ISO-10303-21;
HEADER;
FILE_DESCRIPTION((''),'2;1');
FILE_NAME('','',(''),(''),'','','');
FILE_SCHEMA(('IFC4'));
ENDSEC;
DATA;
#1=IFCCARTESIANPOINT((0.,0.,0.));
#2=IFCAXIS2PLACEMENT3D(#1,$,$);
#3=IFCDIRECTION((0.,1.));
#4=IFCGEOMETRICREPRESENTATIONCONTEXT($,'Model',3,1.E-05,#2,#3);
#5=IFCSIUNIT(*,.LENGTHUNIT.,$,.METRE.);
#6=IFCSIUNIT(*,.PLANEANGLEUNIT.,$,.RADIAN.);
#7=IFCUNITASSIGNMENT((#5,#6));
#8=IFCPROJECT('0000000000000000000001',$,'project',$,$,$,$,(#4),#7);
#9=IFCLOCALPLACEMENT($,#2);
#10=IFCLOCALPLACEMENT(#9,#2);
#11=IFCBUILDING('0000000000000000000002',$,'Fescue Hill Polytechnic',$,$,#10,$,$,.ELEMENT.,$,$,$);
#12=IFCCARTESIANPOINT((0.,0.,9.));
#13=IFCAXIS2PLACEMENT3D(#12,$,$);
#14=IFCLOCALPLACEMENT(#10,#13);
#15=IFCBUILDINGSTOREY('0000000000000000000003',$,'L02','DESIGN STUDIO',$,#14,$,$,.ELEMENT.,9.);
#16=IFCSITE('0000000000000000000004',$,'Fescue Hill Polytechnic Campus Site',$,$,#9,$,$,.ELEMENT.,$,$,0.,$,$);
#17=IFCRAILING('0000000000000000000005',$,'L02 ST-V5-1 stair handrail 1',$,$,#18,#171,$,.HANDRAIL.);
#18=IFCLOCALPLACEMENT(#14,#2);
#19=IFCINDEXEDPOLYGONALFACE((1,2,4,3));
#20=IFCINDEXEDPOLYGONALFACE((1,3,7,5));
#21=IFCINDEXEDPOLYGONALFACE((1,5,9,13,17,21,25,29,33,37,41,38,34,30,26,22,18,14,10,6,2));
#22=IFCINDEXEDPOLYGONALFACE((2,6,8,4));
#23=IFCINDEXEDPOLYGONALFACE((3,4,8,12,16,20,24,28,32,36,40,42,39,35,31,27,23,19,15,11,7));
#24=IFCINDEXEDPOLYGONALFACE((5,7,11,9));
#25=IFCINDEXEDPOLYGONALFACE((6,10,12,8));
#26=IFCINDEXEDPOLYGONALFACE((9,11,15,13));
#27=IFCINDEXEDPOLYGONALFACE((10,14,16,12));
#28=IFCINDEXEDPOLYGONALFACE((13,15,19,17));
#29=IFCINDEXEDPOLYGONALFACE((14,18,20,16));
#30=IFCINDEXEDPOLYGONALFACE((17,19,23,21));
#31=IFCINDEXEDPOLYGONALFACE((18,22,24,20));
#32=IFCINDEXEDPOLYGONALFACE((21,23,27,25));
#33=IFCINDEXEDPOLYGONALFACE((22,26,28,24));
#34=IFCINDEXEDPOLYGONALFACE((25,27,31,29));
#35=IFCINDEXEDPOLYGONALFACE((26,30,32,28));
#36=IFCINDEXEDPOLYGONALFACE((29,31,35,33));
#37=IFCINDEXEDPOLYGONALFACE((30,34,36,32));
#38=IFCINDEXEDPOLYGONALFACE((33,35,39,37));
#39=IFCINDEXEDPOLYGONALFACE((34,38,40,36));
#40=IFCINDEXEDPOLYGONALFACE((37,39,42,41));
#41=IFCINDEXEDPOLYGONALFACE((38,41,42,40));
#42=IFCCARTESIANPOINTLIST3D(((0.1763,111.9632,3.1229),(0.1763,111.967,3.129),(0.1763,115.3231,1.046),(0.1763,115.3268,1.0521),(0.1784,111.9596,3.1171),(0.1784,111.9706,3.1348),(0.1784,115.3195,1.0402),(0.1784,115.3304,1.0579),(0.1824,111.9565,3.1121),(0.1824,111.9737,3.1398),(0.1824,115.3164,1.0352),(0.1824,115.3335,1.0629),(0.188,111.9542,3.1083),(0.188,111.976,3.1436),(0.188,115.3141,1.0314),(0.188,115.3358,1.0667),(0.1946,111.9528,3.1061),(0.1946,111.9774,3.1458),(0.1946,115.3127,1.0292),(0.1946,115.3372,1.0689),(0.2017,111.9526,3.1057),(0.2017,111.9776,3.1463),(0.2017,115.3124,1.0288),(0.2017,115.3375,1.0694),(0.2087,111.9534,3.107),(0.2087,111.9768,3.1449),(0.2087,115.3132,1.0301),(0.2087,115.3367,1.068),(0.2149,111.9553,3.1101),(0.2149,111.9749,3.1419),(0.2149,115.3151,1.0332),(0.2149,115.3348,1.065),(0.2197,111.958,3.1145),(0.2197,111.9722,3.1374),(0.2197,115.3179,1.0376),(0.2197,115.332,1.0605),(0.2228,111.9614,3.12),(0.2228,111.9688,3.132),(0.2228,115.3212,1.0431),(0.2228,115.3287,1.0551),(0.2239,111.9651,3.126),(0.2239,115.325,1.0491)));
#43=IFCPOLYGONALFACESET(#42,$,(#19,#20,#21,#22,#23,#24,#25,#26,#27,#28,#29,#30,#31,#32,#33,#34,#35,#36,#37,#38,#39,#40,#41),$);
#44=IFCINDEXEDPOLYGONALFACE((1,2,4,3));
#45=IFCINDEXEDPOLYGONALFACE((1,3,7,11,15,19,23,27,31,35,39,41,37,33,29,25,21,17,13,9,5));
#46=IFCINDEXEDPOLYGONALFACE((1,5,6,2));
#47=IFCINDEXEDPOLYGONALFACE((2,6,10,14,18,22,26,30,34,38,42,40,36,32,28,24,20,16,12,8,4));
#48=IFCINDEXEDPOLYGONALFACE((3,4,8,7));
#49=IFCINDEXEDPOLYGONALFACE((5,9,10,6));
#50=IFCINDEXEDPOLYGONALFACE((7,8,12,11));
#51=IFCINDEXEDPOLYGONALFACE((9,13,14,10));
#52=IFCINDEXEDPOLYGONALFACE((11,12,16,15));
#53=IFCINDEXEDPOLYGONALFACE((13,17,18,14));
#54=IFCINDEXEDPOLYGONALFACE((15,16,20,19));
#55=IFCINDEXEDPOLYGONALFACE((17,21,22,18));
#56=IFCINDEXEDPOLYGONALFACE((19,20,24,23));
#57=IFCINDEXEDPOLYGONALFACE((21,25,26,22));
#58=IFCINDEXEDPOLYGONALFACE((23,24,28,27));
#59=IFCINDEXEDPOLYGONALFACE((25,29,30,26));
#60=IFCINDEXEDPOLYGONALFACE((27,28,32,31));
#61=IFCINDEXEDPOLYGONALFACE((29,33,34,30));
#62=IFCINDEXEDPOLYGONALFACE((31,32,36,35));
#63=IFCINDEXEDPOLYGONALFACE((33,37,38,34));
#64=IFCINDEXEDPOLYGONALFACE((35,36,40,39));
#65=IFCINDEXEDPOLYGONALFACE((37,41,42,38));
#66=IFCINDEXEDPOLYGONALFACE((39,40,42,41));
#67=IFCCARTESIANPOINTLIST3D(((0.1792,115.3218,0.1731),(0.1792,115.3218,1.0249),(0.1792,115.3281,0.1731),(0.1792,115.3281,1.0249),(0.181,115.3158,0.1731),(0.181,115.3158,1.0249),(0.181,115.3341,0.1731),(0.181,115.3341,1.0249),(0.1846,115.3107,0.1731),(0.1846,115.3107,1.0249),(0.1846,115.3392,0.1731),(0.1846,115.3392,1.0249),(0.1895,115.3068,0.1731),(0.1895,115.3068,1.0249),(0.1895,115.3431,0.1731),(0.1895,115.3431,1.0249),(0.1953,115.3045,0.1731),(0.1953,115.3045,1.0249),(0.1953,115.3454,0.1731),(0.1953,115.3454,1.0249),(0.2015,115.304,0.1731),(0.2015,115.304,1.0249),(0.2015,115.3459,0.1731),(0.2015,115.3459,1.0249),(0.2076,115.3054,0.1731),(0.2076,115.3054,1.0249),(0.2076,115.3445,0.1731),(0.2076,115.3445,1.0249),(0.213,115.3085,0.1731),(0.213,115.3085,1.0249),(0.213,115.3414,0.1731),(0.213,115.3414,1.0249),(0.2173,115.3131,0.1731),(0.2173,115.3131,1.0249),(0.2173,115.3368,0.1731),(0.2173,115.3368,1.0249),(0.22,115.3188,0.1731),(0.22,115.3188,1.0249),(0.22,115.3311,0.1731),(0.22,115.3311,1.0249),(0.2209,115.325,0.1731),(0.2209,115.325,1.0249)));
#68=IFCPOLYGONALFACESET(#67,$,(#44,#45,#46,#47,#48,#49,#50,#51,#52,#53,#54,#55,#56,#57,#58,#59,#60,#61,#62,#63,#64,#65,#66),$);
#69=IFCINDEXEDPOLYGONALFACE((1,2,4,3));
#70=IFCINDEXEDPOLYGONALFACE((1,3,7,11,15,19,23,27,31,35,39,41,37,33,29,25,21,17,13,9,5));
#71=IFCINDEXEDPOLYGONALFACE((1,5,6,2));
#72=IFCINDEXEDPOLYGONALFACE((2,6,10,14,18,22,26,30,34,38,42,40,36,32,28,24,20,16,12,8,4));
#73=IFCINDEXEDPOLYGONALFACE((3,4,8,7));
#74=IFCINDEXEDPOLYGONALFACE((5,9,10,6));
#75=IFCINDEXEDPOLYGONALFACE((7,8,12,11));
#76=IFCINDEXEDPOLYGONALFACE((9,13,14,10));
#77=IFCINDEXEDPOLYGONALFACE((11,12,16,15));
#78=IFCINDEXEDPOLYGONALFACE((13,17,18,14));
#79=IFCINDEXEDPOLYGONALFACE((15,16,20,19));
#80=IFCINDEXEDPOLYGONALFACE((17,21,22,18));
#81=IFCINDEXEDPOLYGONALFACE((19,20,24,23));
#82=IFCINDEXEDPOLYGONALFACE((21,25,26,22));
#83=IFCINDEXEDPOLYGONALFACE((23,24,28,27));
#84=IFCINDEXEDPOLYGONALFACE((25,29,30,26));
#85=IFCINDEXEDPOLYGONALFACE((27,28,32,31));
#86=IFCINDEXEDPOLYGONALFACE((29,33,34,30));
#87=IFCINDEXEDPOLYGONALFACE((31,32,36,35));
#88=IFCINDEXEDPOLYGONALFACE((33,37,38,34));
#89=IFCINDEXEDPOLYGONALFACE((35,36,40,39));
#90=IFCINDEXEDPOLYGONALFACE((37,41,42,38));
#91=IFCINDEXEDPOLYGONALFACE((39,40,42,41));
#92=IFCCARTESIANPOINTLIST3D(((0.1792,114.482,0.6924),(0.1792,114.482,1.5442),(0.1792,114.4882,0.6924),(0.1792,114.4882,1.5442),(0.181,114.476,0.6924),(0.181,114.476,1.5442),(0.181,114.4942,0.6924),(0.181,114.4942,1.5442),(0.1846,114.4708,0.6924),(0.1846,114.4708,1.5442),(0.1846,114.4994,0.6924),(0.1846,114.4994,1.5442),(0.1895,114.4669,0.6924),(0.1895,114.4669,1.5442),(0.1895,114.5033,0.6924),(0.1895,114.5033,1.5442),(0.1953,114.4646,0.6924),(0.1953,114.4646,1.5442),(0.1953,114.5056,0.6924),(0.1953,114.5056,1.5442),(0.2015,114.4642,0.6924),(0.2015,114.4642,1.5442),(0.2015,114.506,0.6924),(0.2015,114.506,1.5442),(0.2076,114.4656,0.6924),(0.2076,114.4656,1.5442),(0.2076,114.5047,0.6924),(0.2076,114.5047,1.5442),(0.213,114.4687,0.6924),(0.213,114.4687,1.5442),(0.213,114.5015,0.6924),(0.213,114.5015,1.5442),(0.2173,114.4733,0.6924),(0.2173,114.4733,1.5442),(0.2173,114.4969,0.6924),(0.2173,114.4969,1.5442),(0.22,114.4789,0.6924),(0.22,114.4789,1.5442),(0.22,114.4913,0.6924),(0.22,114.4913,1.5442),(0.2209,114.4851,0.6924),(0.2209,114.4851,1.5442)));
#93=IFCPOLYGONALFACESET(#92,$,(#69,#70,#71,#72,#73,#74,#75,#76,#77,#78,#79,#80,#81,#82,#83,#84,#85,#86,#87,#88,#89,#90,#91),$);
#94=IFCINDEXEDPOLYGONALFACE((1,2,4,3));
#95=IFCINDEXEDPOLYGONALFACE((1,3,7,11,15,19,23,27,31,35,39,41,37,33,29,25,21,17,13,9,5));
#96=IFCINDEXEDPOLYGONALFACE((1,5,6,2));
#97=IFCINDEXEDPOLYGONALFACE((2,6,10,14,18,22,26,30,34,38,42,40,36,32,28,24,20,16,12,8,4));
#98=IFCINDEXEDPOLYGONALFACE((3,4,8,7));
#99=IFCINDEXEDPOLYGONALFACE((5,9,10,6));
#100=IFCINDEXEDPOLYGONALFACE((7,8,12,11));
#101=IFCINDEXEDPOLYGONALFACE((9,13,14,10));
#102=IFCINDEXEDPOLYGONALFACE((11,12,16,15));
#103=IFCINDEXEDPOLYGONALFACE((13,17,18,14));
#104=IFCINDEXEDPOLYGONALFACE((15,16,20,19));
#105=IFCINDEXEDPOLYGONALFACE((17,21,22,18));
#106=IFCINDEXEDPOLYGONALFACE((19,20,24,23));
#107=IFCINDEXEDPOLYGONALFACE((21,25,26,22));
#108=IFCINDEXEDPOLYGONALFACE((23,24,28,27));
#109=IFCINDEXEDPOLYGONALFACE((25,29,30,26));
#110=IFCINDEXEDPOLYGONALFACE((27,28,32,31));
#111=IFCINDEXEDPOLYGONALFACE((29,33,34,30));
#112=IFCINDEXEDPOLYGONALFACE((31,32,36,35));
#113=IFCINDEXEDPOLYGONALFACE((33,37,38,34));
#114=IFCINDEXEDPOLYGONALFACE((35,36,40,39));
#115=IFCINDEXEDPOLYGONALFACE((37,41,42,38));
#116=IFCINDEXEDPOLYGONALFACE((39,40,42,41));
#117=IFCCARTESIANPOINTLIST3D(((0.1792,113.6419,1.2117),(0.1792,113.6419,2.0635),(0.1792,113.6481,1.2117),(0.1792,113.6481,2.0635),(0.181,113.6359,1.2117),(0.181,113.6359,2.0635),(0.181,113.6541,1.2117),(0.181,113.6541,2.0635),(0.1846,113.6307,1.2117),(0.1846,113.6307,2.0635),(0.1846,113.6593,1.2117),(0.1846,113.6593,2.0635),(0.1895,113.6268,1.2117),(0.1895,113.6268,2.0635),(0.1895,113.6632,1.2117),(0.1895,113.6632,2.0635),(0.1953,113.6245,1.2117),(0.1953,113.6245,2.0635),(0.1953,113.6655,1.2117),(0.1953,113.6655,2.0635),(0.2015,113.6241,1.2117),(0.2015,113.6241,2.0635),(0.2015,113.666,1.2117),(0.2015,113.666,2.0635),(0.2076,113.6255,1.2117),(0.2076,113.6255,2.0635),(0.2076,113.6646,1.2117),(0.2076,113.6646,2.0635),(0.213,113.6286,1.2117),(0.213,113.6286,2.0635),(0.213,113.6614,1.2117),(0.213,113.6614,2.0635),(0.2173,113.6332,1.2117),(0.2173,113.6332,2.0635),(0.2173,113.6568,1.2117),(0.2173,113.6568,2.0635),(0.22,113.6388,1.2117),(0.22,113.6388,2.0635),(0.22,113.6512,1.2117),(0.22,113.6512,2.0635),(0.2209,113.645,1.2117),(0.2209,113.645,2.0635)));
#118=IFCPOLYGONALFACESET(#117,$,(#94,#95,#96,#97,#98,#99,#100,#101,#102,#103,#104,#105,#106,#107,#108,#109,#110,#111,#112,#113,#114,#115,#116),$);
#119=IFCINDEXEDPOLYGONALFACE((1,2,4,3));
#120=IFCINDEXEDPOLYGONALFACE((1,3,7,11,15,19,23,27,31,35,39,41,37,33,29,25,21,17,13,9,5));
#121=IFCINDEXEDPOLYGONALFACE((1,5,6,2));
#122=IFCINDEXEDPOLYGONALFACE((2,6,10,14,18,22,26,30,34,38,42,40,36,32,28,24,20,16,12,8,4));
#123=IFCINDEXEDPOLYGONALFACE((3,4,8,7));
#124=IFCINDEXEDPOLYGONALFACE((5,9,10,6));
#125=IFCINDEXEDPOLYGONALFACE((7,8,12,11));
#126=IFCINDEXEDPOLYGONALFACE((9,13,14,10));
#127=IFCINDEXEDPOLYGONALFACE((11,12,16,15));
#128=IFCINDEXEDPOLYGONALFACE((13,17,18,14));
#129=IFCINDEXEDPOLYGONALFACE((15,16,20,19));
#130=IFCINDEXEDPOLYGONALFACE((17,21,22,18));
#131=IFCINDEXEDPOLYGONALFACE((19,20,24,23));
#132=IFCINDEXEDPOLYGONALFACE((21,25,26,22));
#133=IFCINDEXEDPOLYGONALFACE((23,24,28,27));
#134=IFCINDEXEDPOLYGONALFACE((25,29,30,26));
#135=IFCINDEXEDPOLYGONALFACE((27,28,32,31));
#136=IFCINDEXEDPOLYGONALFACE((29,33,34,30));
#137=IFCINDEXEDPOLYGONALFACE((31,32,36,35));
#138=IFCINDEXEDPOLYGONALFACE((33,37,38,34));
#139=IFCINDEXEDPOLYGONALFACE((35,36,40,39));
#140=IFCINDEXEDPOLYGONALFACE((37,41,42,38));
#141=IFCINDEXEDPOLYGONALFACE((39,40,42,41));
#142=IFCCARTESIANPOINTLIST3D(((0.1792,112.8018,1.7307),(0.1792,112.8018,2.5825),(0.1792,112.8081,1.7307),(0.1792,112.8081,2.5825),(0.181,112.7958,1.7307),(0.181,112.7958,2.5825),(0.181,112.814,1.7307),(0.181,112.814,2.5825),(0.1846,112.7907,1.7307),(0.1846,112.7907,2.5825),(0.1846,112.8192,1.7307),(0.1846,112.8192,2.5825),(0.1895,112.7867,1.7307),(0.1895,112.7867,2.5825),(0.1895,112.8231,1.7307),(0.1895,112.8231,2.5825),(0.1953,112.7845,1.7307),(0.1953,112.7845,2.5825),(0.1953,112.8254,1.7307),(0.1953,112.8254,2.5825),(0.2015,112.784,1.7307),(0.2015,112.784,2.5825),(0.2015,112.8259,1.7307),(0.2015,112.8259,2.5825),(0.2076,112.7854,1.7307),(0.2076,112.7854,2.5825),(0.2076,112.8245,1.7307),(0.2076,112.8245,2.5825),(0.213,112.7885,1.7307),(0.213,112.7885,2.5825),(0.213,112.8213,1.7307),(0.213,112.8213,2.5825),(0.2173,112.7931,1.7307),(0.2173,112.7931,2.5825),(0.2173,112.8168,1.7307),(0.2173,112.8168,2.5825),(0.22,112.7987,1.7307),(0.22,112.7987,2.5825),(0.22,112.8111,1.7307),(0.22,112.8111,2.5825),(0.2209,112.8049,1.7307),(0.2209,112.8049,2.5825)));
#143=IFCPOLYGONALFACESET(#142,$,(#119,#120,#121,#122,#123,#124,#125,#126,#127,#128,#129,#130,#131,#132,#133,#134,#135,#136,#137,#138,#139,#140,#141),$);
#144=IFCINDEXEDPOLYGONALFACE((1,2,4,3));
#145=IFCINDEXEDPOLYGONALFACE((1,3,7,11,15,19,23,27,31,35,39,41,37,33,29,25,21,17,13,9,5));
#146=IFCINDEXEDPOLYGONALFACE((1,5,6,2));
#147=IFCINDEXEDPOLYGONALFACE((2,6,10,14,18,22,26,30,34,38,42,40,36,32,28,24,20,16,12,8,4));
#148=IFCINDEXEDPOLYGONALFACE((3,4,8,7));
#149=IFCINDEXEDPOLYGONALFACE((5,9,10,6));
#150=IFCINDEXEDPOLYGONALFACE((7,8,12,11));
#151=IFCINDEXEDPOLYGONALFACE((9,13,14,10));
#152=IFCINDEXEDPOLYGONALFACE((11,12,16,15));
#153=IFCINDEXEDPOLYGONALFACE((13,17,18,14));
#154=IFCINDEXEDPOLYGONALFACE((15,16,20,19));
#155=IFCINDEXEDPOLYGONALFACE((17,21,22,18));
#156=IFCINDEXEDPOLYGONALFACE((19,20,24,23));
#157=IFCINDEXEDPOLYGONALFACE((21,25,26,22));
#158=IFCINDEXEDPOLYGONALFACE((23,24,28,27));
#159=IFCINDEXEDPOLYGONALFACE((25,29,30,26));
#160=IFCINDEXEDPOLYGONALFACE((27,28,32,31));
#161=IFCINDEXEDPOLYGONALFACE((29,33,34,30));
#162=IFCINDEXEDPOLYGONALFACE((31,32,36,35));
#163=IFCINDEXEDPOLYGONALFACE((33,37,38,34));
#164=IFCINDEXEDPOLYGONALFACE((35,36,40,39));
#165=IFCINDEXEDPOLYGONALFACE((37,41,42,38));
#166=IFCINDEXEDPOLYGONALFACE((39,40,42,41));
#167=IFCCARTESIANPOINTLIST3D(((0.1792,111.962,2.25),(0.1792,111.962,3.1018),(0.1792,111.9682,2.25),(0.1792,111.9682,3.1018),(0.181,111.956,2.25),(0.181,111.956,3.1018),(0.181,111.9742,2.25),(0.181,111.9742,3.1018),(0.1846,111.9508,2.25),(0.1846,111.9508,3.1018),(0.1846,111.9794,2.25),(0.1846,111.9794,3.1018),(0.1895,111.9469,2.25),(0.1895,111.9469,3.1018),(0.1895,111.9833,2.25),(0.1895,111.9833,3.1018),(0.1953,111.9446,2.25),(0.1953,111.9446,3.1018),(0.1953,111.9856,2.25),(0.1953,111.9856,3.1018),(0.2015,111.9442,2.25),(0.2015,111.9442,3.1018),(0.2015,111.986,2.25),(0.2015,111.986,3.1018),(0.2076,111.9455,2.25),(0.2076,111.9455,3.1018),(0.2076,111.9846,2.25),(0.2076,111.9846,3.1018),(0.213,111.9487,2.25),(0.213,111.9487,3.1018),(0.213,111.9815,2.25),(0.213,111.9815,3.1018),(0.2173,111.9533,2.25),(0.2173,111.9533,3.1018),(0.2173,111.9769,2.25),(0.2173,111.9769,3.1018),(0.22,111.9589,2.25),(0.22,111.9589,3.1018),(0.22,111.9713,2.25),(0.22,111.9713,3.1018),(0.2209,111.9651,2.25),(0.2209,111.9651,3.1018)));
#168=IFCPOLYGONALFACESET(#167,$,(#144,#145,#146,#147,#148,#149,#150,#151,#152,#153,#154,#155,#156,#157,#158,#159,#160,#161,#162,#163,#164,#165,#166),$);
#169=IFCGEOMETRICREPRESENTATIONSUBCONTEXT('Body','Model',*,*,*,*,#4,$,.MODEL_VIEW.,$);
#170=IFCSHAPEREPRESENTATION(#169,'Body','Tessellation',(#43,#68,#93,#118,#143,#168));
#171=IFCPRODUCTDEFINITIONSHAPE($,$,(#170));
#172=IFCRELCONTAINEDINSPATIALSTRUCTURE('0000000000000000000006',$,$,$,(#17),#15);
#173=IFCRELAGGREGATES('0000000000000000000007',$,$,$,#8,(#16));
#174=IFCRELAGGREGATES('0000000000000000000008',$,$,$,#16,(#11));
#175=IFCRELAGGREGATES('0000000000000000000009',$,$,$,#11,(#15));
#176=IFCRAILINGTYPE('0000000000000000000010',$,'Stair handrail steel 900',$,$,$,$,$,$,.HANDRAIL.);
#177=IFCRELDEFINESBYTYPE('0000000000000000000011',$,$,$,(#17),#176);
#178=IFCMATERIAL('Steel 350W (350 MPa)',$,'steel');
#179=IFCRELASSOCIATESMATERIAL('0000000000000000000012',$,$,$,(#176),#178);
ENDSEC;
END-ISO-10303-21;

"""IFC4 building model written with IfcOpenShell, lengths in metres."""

from ifc_helpers import new_model, si_unit, direction, frame, origin, origin_2d, place, context, subcontext, project, spatial, circle, extrude, material, type_object, element, save


model = new_model("IFC4")

# Units and contexts
model_context = context("Model", 3, precision=1e-05, world=origin(), true_north=direction((0.0, 1.0)))
body_context = subcontext(model_context, "Body", "Model", "MODEL_VIEW")
ifc_project = project(units=[si_unit("LENGTHUNIT", "METRE"), si_unit("PLANEANGLEUNIT", "RADIAN")], contexts=[model_context])

# Site, building, storey
site_placement = place(None, origin())
site = spatial("IfcSite", under=ifc_project, at=site_placement, Name="Fescue Hill Polytechnic Campus Site", CompositionType="ELEMENT", RefElevation=0.0)
building_placement = place(site_placement, origin())
building = spatial("IfcBuilding", under=site, at=building_placement, Name="Fescue Hill Polytechnic", CompositionType="ELEMENT")
storey_placement = place(building_placement, frame((0.0, 0.0, 9.0)))
storey = spatial("IfcBuildingStorey", under=building, at=storey_placement, Name="L02", Description="DESIGN STUDIO", CompositionType="ELEMENT", Elevation=9.0)

# Railing
ifc_material_1 = material(Name="Steel 350W (350 MPa)", Category="steel")
railing_type_1 = type_object("IfcRailingType", Name="Stair handrail steel 900", PredefinedType="HANDRAIL", material=ifc_material_1)
railing_1_placement = place(storey_placement, frame((0.2, 115.325, 0.1731)))
element("IfcRailing", 1, at=railing_1_placement, inside=storey, type_object=railing_type_1, Name="L02 ST-V5-1 stair handrail 1", PredefinedType="HANDRAIL", context=body_context, shape_type="SweptSolid", body=[
    extrude(circle(Radius=0.0239, at=origin_2d()), frame((0.0, 0.0, 0.876), z_axis=(0.0, -0.850606, 0.525803), x_axis=(1.0, 0.0, 0.0)), (0.0, 0.0, 1.0), 3.95),
    extrude(circle(Radius=0.021, at=origin_2d()), origin(), (0.0, 0.0, 1.0), 0.8518),
    extrude(circle(Radius=0.021, at=origin_2d()), frame((0.0, -0.8398, 0.5193)), (0.0, 0.0, 1.0), 0.8518),
    extrude(circle(Radius=0.021, at=origin_2d()), frame((0.0, -1.6799, 1.0386)), (0.0, 0.0, 1.0), 0.8518),
    extrude(circle(Radius=0.021, at=origin_2d()), frame((0.0, -2.52, 1.5576)), (0.0, 0.0, 1.0), 0.8518),
    extrude(circle(Radius=0.021, at=origin_2d()), frame((0.0, -3.3599, 2.0769)), (0.0, 0.0, 1.0), 0.8518),
])

save(model, "model.ifc")
